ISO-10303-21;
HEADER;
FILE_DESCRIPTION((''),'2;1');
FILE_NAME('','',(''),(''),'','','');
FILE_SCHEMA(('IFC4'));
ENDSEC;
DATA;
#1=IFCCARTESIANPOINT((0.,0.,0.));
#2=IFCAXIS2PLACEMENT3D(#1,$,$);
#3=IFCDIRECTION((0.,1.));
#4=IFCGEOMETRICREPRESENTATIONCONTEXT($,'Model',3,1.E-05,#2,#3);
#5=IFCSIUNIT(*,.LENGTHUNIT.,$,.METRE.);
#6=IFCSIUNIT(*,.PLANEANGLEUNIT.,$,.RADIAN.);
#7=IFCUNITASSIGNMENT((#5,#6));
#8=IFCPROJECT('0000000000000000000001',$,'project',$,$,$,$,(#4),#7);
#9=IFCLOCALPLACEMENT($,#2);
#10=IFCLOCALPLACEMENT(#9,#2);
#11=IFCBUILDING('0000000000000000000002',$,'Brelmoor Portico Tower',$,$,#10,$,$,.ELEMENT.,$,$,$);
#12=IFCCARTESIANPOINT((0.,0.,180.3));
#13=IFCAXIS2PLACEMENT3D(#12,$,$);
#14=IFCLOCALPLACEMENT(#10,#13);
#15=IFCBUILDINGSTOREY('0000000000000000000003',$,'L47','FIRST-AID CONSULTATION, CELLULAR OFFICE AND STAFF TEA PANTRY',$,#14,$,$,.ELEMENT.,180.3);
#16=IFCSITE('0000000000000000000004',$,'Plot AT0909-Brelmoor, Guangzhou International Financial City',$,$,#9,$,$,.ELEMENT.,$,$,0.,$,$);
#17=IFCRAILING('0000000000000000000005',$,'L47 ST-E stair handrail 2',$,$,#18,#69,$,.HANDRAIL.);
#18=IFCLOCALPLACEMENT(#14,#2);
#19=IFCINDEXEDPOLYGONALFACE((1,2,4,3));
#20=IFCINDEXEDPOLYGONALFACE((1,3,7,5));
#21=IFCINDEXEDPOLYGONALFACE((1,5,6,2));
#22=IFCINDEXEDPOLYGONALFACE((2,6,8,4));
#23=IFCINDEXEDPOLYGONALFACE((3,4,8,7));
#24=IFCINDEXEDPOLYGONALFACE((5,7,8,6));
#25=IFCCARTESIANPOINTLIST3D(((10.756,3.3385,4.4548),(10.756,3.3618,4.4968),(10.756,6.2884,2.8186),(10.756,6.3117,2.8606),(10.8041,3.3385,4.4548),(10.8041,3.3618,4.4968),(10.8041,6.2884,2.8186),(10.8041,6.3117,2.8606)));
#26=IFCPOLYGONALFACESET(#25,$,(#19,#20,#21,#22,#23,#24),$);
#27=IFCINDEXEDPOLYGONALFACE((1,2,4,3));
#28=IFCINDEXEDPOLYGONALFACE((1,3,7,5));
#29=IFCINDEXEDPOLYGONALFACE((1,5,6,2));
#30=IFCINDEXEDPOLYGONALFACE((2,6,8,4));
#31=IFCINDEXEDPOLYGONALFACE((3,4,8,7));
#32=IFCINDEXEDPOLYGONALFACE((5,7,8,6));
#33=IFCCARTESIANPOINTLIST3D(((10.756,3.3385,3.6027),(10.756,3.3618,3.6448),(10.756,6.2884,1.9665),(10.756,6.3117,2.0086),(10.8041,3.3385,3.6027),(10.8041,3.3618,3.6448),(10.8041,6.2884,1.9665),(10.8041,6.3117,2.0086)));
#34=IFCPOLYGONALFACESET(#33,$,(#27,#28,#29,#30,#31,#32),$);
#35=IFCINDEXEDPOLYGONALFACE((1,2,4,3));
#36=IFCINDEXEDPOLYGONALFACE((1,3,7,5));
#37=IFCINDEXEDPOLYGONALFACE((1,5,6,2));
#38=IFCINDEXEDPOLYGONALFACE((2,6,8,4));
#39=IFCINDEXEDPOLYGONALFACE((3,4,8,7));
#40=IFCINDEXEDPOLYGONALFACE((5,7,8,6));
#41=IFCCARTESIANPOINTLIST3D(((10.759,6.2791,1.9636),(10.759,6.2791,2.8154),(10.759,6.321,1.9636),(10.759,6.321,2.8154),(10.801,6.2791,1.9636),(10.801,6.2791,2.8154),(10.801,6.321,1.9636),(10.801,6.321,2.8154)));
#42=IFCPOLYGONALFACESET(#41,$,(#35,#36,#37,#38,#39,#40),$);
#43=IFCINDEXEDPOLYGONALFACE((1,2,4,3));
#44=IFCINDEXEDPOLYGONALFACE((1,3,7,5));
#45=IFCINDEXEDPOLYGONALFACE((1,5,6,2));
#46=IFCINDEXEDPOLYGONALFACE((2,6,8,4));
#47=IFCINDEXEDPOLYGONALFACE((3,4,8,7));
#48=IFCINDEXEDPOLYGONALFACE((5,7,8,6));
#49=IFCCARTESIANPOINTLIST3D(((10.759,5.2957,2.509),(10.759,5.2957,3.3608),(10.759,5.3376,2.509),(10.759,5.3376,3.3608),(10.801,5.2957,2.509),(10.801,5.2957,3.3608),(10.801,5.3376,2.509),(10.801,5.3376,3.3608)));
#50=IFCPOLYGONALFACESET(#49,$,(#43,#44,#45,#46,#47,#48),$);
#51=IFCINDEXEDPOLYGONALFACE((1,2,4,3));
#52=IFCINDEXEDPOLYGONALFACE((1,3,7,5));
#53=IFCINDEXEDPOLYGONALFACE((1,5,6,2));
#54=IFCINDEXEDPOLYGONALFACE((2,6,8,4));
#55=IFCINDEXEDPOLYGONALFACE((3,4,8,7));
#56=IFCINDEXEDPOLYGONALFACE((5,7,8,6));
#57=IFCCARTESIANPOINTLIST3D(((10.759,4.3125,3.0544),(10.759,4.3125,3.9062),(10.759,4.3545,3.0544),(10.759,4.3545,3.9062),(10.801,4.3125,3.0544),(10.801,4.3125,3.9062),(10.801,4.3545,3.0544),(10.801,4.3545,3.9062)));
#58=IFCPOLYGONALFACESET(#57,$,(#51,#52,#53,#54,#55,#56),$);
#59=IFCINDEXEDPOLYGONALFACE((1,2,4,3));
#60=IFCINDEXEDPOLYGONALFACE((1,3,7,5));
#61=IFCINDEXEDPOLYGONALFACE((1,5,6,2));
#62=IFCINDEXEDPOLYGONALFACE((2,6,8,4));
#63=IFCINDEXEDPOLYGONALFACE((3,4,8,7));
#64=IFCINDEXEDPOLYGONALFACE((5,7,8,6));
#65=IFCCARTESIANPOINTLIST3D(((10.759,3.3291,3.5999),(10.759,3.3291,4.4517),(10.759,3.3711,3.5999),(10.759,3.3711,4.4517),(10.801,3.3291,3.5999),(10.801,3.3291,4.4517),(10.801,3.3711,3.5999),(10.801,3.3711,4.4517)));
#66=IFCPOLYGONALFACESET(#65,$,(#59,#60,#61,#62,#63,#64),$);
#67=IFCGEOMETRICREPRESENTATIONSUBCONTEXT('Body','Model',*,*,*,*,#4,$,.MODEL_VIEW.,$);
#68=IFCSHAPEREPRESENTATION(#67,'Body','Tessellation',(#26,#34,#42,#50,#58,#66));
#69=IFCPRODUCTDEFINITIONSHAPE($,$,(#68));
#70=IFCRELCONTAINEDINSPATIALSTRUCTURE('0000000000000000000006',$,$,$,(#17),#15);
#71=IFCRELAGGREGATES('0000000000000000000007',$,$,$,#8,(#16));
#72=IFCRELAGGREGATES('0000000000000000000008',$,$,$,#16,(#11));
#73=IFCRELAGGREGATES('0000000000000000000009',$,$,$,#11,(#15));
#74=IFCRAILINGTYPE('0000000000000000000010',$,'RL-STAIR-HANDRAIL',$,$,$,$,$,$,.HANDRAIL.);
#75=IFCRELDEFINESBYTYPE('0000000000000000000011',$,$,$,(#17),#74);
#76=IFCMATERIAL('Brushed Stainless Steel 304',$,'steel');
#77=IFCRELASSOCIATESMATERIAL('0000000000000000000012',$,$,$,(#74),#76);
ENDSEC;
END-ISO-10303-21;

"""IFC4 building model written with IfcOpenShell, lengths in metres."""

from ifc_helpers import new_model, si_unit, direction, frame, origin, origin_2d, place, context, subcontext, project, spatial, rectangle, extrude, material, type_object, element, save


model = new_model("IFC4")

# Units and contexts
model_context = context("Model", 3, precision=1e-05, world=origin(), true_north=direction((0.0, 1.0)))
body_context = subcontext(model_context, "Body", "Model", "MODEL_VIEW")
ifc_project = project(units=[si_unit("LENGTHUNIT", "METRE"), si_unit("PLANEANGLEUNIT", "RADIAN")], contexts=[model_context])

# Site, building, storey
site_placement = place(None, origin())
site = spatial("IfcSite", under=ifc_project, at=site_placement, Name="Plot AT0909-Brelmoor, Guangzhou International Financial City", CompositionType="ELEMENT", RefElevation=0.0)
building_placement = place(site_placement, origin())
building = spatial("IfcBuilding", under=site, at=building_placement, Name="Brelmoor Portico Tower", CompositionType="ELEMENT")
storey_placement = place(building_placement, frame((0.0, 0.0, 180.3)))
storey = spatial("IfcBuildingStorey", under=building, at=storey_placement, Name="L47", Description="FIRST-AID CONSULTATION, CELLULAR OFFICE AND STAFF TEA PANTRY", CompositionType="ELEMENT", Elevation=180.3)

# Railing
ifc_material_1 = material(Name="Brushed Stainless Steel 304", Category="steel")
railing_type_1 = type_object("IfcRailingType", Name="RL-STAIR-HANDRAIL", PredefinedType="HANDRAIL", material=ifc_material_1)
railing_1_placement = place(storey_placement, frame((10.78, 6.3, 1.9636)))
element("IfcRailing", 1, at=railing_1_placement, inside=storey, type_object=railing_type_1, Name="L47 ST-E stair handrail 2", PredefinedType="HANDRAIL", context=body_context, shape_type="SweptSolid", body=[
    extrude(rectangle(XDim=0.0481, YDim=0.0481, at=origin_2d()), frame((0.0, 0.0, 0.876), z_axis=(0.0, -0.874488, 0.485047), x_axis=(1.0, 0.0, 0.0)), (0.0, 0.0, 1.0), 3.3733),
    extrude(rectangle(XDim=0.0481, YDim=0.0481, at=origin_2d()), frame((0.0, 0.0, 0.0239), z_axis=(0.0, -0.874488, 0.485047), x_axis=(1.0, 0.0, 0.0)), (0.0, 0.0, 1.0), 3.3733),
    extrude(rectangle(XDim=0.042, YDim=0.042, at=origin_2d()), origin(), (0.0, 0.0, 1.0), 0.8518),
    extrude(rectangle(XDim=0.042, YDim=0.042, at=origin_2d()), frame((0.0, -0.9834, 0.5454)), (0.0, 0.0, 1.0), 0.8518),
    extrude(rectangle(XDim=0.042, YDim=0.042, at=origin_2d()), frame((0.0, -1.9666, 1.0908)), (0.0, 0.0, 1.0), 0.8518),
    extrude(rectangle(XDim=0.042, YDim=0.042, at=origin_2d()), frame((0.0, -2.95, 1.6362)), (0.0, 0.0, 1.0), 0.8518),
])

save(model, "model.ifc")
